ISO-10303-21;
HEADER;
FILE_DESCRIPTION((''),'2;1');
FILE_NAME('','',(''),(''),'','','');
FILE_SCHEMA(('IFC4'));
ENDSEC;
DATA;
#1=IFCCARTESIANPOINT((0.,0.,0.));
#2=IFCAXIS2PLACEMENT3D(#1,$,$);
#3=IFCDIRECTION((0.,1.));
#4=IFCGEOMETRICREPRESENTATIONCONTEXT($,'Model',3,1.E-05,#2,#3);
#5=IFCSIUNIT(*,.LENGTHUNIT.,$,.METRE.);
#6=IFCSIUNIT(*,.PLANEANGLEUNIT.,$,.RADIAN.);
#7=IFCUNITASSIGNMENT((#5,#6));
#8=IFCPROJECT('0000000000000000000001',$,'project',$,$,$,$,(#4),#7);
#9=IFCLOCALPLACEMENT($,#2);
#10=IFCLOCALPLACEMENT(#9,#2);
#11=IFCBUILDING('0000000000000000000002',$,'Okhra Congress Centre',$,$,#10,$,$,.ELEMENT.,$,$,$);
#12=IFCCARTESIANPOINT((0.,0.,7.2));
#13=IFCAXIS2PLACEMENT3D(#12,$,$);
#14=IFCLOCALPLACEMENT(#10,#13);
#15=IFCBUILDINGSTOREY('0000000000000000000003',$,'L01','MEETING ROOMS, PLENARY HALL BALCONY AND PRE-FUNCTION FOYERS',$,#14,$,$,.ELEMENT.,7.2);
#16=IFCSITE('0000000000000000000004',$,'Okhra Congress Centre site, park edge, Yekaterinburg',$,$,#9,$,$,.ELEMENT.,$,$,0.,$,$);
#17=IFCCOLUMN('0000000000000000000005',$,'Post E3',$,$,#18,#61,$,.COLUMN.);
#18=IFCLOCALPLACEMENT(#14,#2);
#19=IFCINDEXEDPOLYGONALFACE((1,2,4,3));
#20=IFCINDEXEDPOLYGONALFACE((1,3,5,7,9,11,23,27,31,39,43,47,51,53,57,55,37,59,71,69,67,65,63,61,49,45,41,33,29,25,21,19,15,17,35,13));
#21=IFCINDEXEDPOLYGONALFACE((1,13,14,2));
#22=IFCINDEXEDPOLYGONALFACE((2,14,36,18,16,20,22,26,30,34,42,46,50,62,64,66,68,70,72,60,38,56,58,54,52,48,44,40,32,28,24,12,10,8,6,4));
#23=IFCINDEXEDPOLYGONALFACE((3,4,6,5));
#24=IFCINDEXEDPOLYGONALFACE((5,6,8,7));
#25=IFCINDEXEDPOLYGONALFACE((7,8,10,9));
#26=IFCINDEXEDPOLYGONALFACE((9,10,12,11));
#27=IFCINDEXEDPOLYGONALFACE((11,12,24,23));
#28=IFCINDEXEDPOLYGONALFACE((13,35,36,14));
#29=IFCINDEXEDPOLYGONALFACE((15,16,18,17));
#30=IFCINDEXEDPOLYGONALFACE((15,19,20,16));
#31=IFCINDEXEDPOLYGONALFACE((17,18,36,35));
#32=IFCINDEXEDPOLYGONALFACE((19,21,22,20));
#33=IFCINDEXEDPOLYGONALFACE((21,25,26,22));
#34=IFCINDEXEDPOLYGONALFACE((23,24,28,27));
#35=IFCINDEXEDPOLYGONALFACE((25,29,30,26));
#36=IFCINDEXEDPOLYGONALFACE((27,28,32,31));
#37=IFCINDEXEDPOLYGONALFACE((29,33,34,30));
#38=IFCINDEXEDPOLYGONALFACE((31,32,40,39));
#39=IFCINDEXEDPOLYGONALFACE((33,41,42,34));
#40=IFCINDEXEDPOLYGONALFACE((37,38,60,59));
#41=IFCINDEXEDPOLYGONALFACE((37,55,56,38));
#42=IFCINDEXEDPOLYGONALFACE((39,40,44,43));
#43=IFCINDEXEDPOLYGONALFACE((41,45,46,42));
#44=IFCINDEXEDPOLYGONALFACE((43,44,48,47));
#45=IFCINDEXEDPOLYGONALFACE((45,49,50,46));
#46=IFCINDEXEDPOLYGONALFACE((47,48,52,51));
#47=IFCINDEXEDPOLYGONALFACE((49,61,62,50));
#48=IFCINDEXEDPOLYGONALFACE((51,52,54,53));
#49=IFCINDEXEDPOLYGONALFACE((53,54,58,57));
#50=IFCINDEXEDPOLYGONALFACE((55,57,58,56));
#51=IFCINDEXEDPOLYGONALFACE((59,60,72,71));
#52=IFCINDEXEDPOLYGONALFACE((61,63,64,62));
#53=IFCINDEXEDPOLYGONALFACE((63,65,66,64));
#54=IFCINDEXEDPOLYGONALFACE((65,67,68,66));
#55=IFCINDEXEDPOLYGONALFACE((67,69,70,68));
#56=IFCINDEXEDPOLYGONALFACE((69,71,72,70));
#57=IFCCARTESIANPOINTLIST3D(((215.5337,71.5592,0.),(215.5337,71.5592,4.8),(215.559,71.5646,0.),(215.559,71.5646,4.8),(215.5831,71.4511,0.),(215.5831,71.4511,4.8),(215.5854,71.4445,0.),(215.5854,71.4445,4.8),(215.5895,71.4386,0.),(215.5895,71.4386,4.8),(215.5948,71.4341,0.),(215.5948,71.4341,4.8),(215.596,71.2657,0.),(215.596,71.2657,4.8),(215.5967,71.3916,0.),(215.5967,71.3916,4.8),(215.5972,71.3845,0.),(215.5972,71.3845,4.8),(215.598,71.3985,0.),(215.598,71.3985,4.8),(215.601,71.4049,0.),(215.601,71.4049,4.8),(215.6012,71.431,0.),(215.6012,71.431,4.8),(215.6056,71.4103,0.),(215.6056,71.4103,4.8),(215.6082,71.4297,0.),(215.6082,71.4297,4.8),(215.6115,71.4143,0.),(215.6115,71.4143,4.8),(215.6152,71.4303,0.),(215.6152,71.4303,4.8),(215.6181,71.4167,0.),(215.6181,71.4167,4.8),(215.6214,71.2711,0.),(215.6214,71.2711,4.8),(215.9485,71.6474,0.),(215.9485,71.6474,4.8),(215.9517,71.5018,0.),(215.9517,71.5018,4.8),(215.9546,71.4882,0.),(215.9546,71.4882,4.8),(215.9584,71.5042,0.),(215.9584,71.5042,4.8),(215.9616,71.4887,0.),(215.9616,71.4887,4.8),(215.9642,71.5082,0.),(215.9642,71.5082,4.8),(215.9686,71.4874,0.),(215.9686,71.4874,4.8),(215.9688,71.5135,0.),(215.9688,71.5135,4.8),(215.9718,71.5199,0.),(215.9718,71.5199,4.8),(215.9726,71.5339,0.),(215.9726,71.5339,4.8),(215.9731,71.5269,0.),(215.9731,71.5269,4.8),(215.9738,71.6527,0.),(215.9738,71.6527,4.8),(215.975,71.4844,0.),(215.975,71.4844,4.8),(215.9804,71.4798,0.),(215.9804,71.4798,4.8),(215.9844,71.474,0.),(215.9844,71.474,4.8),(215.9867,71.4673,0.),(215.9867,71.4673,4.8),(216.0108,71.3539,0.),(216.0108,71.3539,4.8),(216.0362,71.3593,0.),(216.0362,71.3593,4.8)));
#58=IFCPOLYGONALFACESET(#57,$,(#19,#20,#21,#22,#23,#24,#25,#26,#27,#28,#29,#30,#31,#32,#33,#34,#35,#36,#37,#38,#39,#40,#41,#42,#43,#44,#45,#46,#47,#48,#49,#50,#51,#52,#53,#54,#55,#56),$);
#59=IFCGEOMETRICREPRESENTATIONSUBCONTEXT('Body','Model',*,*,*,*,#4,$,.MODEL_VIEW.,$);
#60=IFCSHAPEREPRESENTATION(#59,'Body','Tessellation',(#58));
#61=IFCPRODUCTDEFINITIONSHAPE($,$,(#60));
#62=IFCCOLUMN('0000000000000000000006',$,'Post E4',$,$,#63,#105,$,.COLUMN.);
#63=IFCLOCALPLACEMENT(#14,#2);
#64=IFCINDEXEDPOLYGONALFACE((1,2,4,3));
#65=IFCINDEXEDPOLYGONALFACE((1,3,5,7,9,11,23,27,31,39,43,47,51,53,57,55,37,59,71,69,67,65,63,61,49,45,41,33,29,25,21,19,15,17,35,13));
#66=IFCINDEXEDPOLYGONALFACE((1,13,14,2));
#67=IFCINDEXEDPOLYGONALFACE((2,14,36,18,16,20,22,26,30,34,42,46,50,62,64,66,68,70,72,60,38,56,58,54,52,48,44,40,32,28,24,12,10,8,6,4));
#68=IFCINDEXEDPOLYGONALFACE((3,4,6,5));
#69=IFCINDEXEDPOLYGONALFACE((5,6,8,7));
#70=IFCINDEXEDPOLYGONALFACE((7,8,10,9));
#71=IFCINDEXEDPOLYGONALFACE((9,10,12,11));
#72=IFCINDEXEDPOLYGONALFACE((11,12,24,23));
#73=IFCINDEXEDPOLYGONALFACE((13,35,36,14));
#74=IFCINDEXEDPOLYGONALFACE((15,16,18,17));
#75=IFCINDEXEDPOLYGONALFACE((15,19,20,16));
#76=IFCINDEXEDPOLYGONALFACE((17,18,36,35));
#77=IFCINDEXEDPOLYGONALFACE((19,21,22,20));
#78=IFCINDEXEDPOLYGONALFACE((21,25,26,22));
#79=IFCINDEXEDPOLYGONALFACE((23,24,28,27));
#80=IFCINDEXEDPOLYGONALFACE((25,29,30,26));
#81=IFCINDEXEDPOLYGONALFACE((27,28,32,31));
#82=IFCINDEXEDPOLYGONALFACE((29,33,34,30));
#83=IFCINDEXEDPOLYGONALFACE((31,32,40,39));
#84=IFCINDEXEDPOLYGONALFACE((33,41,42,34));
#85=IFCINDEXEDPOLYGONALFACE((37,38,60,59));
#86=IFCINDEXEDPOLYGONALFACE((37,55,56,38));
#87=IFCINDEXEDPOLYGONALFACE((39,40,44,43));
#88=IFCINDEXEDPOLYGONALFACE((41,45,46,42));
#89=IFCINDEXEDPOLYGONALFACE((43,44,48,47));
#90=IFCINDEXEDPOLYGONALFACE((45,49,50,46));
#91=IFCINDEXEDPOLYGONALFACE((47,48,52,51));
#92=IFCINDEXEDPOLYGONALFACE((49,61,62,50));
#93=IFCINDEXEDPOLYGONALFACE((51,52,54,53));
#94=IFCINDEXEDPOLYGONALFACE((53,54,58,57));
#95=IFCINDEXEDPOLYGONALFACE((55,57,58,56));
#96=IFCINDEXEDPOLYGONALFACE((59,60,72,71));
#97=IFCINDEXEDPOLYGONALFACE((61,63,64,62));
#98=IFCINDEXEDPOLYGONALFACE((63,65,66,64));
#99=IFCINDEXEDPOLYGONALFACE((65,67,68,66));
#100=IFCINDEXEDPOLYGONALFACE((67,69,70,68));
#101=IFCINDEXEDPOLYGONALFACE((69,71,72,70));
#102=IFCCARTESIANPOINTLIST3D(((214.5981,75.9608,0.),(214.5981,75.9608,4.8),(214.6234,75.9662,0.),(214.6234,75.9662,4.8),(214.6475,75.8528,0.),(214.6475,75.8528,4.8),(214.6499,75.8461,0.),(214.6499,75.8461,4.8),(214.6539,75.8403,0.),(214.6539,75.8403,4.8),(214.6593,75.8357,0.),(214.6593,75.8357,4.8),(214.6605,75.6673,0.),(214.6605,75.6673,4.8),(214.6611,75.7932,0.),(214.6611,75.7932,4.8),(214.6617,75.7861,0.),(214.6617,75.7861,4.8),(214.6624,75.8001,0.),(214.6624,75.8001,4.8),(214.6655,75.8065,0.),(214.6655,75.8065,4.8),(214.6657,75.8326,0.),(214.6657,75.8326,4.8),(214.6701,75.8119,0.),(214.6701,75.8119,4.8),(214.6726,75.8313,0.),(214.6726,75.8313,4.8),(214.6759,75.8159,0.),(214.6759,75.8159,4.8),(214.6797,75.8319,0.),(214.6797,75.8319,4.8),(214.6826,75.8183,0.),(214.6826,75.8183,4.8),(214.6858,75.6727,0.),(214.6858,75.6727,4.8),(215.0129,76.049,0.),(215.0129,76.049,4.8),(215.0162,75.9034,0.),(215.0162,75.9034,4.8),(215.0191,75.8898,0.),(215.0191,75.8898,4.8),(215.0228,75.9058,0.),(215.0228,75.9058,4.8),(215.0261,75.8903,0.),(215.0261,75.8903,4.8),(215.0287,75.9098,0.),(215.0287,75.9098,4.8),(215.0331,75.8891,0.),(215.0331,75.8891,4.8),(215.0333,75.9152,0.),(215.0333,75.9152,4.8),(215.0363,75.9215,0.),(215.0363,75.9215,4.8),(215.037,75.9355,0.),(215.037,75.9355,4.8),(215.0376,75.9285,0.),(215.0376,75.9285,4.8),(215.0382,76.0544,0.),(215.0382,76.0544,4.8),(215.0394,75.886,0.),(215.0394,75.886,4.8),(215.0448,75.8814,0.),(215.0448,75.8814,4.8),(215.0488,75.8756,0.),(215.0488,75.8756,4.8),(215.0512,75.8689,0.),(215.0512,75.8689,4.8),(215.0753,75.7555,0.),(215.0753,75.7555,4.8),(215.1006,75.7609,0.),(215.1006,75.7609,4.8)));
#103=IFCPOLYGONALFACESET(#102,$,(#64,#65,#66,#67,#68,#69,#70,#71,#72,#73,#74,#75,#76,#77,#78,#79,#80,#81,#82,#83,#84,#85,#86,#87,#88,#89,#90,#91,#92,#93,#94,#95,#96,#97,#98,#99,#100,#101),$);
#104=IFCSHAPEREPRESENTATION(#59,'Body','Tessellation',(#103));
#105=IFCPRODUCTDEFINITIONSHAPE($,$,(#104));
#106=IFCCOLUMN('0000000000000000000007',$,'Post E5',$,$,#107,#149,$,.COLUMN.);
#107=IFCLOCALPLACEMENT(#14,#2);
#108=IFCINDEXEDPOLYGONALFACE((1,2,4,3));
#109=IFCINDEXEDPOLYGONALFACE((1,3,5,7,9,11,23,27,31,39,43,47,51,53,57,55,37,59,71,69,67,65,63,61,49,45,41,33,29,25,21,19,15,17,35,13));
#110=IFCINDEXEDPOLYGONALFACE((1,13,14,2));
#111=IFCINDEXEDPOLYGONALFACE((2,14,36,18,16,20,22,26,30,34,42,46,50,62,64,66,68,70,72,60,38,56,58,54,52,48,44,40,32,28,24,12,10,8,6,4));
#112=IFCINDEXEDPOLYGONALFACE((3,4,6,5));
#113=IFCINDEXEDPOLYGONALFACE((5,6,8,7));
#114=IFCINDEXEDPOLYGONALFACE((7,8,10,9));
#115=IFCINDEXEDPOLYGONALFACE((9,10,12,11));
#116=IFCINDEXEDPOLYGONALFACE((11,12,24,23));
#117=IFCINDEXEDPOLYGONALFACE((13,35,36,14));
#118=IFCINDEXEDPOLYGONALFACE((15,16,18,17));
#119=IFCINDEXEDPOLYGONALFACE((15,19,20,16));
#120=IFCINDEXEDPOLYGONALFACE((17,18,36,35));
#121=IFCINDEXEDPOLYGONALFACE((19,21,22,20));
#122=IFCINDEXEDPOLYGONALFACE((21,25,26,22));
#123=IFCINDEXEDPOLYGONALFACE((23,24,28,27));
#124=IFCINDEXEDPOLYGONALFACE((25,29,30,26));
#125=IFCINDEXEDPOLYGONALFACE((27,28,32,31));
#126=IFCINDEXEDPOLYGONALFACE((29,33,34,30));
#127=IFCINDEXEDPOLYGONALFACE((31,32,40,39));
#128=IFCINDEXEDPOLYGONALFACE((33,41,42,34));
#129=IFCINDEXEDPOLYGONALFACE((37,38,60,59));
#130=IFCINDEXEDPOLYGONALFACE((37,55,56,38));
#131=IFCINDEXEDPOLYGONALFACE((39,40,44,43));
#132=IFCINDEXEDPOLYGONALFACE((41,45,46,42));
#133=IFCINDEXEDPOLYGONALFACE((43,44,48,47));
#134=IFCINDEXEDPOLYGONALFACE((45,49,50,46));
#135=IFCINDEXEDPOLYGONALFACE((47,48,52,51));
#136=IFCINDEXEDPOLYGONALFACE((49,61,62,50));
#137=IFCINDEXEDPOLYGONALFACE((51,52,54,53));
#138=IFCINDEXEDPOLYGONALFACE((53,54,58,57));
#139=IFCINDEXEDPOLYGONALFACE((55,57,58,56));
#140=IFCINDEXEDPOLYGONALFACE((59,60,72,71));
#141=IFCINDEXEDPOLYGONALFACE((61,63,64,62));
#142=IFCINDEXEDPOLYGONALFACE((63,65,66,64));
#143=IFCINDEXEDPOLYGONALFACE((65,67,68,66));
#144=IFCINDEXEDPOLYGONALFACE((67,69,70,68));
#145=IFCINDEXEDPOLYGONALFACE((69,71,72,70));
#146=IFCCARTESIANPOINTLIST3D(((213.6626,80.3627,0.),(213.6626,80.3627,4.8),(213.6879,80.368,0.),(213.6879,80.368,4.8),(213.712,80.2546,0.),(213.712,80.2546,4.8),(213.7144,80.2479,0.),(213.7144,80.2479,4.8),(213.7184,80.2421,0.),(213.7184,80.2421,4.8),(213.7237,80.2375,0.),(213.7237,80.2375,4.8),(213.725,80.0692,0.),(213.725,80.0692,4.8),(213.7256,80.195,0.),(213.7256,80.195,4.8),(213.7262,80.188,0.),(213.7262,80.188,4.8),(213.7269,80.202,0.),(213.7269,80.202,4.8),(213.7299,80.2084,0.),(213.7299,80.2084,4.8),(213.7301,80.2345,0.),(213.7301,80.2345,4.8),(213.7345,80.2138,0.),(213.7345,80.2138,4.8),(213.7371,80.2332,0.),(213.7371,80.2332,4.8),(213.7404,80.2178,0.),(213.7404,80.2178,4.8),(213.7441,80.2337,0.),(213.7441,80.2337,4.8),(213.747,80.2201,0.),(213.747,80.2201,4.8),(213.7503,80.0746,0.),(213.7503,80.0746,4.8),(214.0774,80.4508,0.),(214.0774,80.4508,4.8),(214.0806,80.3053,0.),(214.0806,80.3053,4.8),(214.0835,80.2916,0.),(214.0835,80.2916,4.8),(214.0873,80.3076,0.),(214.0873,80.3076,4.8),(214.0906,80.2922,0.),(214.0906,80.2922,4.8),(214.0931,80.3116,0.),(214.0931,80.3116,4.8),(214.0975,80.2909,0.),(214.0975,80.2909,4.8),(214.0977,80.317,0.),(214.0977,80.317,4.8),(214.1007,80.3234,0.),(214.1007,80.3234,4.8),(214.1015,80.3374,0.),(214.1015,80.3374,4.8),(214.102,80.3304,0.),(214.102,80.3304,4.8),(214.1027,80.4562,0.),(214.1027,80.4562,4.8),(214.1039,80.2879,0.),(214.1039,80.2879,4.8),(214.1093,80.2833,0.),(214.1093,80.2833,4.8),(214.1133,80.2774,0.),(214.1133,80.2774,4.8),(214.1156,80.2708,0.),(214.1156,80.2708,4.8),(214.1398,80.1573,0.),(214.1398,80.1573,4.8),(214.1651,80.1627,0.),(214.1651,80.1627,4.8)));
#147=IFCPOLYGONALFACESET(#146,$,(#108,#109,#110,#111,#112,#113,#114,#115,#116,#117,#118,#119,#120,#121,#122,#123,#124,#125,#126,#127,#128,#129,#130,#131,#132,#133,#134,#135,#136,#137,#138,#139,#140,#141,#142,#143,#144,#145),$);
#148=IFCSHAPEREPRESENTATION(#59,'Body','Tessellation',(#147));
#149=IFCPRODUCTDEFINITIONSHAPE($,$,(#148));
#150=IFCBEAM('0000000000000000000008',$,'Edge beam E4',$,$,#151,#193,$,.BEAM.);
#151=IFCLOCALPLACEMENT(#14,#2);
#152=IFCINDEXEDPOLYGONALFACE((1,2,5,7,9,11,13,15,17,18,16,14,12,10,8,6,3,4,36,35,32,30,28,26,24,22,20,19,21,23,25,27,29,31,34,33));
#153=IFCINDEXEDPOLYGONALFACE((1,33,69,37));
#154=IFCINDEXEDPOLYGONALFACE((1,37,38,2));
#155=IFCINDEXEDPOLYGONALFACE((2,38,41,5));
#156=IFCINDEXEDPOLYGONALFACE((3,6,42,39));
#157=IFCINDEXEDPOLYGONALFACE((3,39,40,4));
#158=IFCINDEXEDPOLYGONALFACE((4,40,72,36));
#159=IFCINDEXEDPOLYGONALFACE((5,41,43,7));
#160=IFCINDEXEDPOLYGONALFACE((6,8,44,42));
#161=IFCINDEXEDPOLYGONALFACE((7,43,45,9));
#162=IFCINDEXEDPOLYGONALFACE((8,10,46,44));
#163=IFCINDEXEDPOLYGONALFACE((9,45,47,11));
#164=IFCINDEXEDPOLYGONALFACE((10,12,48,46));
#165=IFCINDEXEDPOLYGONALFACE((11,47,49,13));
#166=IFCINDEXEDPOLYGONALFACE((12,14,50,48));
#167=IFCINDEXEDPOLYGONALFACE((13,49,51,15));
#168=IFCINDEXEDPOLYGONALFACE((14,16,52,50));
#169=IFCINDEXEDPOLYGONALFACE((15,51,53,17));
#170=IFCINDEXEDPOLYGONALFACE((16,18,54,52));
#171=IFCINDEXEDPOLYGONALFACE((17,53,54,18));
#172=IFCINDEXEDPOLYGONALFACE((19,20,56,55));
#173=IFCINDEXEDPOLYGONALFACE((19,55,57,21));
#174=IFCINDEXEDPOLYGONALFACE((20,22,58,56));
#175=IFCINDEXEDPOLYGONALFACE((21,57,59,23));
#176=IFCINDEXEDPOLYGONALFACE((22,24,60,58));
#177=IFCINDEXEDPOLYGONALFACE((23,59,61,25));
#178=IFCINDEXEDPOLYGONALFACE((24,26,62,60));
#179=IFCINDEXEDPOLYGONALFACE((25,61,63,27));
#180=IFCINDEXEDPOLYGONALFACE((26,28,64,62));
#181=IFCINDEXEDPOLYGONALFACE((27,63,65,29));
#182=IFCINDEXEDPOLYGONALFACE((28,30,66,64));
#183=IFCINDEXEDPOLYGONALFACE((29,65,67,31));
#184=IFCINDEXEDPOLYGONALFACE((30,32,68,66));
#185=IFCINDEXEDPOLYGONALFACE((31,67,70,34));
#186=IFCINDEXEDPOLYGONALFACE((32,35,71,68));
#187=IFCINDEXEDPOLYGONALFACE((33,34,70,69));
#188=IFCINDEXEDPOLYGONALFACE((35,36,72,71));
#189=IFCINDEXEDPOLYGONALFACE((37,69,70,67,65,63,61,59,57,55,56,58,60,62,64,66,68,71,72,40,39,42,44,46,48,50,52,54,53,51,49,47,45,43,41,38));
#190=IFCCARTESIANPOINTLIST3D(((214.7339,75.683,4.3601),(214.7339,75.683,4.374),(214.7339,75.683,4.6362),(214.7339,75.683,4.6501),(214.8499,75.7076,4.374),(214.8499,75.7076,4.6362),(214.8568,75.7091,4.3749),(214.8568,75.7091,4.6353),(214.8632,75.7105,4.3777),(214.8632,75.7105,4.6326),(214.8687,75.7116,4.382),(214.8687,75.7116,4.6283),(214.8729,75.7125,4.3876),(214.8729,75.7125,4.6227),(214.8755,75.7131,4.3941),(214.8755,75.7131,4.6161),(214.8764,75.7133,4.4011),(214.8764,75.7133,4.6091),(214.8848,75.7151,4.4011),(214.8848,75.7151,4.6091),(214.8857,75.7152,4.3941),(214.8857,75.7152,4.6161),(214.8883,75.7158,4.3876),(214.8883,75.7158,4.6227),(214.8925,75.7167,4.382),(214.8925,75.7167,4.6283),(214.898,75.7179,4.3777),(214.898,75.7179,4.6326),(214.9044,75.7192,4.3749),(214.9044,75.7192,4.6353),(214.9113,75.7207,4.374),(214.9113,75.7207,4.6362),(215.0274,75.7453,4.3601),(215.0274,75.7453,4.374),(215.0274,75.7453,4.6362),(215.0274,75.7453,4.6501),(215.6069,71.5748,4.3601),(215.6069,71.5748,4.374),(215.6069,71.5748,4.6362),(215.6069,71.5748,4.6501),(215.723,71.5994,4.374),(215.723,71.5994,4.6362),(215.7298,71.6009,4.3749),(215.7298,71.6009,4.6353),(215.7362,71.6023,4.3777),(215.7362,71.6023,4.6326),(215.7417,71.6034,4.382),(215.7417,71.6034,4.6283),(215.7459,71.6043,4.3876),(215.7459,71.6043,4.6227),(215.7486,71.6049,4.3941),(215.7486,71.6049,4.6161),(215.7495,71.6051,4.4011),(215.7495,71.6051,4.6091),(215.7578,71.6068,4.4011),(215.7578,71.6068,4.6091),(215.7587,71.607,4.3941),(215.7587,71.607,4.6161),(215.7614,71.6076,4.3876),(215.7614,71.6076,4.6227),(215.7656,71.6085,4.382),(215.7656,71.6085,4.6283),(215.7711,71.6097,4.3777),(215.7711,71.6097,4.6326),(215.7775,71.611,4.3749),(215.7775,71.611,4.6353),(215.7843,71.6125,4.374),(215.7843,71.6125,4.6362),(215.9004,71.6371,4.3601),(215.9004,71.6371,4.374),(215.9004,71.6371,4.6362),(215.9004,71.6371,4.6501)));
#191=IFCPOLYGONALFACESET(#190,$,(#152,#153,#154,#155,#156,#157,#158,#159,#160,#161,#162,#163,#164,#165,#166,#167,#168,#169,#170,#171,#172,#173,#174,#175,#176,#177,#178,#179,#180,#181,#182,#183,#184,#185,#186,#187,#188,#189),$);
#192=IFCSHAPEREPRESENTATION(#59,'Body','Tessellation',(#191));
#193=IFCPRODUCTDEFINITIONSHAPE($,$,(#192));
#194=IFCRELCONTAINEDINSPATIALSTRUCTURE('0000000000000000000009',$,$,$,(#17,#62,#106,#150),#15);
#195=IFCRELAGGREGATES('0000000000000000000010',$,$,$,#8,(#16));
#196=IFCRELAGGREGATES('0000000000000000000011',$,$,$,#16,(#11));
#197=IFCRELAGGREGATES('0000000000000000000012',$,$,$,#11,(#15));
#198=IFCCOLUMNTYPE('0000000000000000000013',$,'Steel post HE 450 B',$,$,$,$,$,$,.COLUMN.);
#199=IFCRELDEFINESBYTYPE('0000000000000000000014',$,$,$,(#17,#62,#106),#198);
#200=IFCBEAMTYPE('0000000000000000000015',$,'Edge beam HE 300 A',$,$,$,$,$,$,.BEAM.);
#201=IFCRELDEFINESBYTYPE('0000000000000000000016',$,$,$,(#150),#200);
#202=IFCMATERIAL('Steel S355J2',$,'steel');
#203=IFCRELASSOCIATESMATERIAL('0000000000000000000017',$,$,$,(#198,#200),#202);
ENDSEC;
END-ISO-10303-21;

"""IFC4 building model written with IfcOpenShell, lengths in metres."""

from ifc_helpers import new_model, si_unit, direction, frame, origin, origin_2d, place, context, subcontext, project, spatial, i_section, extrude, material, material_profile, profile_set, type_object, element, save


model = new_model("IFC4")

# Units and contexts
model_context = context("Model", 3, precision=1e-05, world=origin(), true_north=direction((0.0, 1.0)))
body_context = subcontext(model_context, "Body", "Model", "MODEL_VIEW")
ifc_project = project(units=[si_unit("LENGTHUNIT", "METRE"), si_unit("PLANEANGLEUNIT", "RADIAN")], contexts=[model_context])

# Site, building, storey
site_placement = place(None, origin())
site = spatial("IfcSite", under=ifc_project, at=site_placement, Name="Okhra Congress Centre site, park edge, Yekaterinburg", CompositionType="ELEMENT", RefElevation=0.0)
building_placement = place(site_placement, origin())
building = spatial("IfcBuilding", under=site, at=building_placement, Name="Okhra Congress Centre", CompositionType="ELEMENT")
storey_placement = place(building_placement, frame((0.0, 0.0, 7.2)))
storey = spatial("IfcBuildingStorey", under=building, at=storey_placement, Name="L01", Description="MEETING ROOMS, PLENARY HALL BALCONY AND PRE-FUNCTION FOYERS", CompositionType="ELEMENT", Elevation=7.2)

# Columns
ifc_material_1 = material(Name="Steel S355J2", Category="steel")
ifc_material_profile_1 = material_profile(ifc_material_1, i_section(OverallWidth=0.3, OverallDepth=0.45, WebThickness=0.0139, FlangeThickness=0.0259, FilletRadius=0.0271, at=origin_2d()), Name="HE 450 B")
ifc_profile_set_1 = profile_set([ifc_material_profile_1], Name="Steel S355J2")
column_type = type_object("IfcColumnType", Name="Steel post HE 450 B", PredefinedType="COLUMN", material=ifc_profile_set_1)
for number, where, z_axis, x_axis, name in (
    (1, (215.7849, 71.4592, 0.0), (0.0, 0.0, 1.0), (-0.207912, 0.978148, 0.0), "Post E3"),
    (2, (214.8494, 75.8608, 0.0), (0.0, 0.0, 1.0), (-0.207912, 0.978148, 0.0), "Post E4"),
    (3, (213.9138, 80.2627, 0.0), (0.0, 0.0, 1.0), (-0.207912, 0.978148, 0.0), "Post E5"),
):
    element("IfcColumn", number, at=place(storey_placement, frame(where, z_axis=z_axis, x_axis=x_axis)), inside=storey, type_object=column_type, Name=name, PredefinedType="COLUMN", context=body_context, shape_type="SweptSolid", body=[
        extrude(i_section(OverallWidth=0.3, OverallDepth=0.45, WebThickness=0.0139, FlangeThickness=0.0259, FilletRadius=0.0271, at=origin_2d()), origin(), (0.0, 0.0, 1.0), 4.8),
    ])

# Beam
ifc_material_profile_2 = material_profile(ifc_material_1, i_section(OverallWidth=0.3, OverallDepth=0.29, WebThickness=0.0085, FlangeThickness=0.0139, FilletRadius=0.0271, at=origin_2d()), Name="HE 300 A")
ifc_profile_set_2 = profile_set([ifc_material_profile_2], Name="Steel S355J2")
beam_type_1 = type_object("IfcBeamType", Name="Edge beam HE 300 A", PredefinedType="BEAM", material=ifc_profile_set_2)
beam_1_placement = place(storey_placement, frame((215.7537, 71.606, 4.5051), z_axis=(-0.207873, 0.978156, 0.0), x_axis=(-0.978156, -0.207873, 0.0)))
element("IfcBeam", 4, at=beam_1_placement, inside=storey, type_object=beam_type_1, Name="Edge beam E4", PredefinedType="BEAM", context=body_context, shape_type="SweptSolid", body=[
    extrude(i_section(OverallWidth=0.3, OverallDepth=0.29, WebThickness=0.0085, FlangeThickness=0.0139, FilletRadius=0.0271, at=origin_2d()), origin(), (0.0, 0.0, 1.0), 4.2),
])

save(model, "model.ifc")
